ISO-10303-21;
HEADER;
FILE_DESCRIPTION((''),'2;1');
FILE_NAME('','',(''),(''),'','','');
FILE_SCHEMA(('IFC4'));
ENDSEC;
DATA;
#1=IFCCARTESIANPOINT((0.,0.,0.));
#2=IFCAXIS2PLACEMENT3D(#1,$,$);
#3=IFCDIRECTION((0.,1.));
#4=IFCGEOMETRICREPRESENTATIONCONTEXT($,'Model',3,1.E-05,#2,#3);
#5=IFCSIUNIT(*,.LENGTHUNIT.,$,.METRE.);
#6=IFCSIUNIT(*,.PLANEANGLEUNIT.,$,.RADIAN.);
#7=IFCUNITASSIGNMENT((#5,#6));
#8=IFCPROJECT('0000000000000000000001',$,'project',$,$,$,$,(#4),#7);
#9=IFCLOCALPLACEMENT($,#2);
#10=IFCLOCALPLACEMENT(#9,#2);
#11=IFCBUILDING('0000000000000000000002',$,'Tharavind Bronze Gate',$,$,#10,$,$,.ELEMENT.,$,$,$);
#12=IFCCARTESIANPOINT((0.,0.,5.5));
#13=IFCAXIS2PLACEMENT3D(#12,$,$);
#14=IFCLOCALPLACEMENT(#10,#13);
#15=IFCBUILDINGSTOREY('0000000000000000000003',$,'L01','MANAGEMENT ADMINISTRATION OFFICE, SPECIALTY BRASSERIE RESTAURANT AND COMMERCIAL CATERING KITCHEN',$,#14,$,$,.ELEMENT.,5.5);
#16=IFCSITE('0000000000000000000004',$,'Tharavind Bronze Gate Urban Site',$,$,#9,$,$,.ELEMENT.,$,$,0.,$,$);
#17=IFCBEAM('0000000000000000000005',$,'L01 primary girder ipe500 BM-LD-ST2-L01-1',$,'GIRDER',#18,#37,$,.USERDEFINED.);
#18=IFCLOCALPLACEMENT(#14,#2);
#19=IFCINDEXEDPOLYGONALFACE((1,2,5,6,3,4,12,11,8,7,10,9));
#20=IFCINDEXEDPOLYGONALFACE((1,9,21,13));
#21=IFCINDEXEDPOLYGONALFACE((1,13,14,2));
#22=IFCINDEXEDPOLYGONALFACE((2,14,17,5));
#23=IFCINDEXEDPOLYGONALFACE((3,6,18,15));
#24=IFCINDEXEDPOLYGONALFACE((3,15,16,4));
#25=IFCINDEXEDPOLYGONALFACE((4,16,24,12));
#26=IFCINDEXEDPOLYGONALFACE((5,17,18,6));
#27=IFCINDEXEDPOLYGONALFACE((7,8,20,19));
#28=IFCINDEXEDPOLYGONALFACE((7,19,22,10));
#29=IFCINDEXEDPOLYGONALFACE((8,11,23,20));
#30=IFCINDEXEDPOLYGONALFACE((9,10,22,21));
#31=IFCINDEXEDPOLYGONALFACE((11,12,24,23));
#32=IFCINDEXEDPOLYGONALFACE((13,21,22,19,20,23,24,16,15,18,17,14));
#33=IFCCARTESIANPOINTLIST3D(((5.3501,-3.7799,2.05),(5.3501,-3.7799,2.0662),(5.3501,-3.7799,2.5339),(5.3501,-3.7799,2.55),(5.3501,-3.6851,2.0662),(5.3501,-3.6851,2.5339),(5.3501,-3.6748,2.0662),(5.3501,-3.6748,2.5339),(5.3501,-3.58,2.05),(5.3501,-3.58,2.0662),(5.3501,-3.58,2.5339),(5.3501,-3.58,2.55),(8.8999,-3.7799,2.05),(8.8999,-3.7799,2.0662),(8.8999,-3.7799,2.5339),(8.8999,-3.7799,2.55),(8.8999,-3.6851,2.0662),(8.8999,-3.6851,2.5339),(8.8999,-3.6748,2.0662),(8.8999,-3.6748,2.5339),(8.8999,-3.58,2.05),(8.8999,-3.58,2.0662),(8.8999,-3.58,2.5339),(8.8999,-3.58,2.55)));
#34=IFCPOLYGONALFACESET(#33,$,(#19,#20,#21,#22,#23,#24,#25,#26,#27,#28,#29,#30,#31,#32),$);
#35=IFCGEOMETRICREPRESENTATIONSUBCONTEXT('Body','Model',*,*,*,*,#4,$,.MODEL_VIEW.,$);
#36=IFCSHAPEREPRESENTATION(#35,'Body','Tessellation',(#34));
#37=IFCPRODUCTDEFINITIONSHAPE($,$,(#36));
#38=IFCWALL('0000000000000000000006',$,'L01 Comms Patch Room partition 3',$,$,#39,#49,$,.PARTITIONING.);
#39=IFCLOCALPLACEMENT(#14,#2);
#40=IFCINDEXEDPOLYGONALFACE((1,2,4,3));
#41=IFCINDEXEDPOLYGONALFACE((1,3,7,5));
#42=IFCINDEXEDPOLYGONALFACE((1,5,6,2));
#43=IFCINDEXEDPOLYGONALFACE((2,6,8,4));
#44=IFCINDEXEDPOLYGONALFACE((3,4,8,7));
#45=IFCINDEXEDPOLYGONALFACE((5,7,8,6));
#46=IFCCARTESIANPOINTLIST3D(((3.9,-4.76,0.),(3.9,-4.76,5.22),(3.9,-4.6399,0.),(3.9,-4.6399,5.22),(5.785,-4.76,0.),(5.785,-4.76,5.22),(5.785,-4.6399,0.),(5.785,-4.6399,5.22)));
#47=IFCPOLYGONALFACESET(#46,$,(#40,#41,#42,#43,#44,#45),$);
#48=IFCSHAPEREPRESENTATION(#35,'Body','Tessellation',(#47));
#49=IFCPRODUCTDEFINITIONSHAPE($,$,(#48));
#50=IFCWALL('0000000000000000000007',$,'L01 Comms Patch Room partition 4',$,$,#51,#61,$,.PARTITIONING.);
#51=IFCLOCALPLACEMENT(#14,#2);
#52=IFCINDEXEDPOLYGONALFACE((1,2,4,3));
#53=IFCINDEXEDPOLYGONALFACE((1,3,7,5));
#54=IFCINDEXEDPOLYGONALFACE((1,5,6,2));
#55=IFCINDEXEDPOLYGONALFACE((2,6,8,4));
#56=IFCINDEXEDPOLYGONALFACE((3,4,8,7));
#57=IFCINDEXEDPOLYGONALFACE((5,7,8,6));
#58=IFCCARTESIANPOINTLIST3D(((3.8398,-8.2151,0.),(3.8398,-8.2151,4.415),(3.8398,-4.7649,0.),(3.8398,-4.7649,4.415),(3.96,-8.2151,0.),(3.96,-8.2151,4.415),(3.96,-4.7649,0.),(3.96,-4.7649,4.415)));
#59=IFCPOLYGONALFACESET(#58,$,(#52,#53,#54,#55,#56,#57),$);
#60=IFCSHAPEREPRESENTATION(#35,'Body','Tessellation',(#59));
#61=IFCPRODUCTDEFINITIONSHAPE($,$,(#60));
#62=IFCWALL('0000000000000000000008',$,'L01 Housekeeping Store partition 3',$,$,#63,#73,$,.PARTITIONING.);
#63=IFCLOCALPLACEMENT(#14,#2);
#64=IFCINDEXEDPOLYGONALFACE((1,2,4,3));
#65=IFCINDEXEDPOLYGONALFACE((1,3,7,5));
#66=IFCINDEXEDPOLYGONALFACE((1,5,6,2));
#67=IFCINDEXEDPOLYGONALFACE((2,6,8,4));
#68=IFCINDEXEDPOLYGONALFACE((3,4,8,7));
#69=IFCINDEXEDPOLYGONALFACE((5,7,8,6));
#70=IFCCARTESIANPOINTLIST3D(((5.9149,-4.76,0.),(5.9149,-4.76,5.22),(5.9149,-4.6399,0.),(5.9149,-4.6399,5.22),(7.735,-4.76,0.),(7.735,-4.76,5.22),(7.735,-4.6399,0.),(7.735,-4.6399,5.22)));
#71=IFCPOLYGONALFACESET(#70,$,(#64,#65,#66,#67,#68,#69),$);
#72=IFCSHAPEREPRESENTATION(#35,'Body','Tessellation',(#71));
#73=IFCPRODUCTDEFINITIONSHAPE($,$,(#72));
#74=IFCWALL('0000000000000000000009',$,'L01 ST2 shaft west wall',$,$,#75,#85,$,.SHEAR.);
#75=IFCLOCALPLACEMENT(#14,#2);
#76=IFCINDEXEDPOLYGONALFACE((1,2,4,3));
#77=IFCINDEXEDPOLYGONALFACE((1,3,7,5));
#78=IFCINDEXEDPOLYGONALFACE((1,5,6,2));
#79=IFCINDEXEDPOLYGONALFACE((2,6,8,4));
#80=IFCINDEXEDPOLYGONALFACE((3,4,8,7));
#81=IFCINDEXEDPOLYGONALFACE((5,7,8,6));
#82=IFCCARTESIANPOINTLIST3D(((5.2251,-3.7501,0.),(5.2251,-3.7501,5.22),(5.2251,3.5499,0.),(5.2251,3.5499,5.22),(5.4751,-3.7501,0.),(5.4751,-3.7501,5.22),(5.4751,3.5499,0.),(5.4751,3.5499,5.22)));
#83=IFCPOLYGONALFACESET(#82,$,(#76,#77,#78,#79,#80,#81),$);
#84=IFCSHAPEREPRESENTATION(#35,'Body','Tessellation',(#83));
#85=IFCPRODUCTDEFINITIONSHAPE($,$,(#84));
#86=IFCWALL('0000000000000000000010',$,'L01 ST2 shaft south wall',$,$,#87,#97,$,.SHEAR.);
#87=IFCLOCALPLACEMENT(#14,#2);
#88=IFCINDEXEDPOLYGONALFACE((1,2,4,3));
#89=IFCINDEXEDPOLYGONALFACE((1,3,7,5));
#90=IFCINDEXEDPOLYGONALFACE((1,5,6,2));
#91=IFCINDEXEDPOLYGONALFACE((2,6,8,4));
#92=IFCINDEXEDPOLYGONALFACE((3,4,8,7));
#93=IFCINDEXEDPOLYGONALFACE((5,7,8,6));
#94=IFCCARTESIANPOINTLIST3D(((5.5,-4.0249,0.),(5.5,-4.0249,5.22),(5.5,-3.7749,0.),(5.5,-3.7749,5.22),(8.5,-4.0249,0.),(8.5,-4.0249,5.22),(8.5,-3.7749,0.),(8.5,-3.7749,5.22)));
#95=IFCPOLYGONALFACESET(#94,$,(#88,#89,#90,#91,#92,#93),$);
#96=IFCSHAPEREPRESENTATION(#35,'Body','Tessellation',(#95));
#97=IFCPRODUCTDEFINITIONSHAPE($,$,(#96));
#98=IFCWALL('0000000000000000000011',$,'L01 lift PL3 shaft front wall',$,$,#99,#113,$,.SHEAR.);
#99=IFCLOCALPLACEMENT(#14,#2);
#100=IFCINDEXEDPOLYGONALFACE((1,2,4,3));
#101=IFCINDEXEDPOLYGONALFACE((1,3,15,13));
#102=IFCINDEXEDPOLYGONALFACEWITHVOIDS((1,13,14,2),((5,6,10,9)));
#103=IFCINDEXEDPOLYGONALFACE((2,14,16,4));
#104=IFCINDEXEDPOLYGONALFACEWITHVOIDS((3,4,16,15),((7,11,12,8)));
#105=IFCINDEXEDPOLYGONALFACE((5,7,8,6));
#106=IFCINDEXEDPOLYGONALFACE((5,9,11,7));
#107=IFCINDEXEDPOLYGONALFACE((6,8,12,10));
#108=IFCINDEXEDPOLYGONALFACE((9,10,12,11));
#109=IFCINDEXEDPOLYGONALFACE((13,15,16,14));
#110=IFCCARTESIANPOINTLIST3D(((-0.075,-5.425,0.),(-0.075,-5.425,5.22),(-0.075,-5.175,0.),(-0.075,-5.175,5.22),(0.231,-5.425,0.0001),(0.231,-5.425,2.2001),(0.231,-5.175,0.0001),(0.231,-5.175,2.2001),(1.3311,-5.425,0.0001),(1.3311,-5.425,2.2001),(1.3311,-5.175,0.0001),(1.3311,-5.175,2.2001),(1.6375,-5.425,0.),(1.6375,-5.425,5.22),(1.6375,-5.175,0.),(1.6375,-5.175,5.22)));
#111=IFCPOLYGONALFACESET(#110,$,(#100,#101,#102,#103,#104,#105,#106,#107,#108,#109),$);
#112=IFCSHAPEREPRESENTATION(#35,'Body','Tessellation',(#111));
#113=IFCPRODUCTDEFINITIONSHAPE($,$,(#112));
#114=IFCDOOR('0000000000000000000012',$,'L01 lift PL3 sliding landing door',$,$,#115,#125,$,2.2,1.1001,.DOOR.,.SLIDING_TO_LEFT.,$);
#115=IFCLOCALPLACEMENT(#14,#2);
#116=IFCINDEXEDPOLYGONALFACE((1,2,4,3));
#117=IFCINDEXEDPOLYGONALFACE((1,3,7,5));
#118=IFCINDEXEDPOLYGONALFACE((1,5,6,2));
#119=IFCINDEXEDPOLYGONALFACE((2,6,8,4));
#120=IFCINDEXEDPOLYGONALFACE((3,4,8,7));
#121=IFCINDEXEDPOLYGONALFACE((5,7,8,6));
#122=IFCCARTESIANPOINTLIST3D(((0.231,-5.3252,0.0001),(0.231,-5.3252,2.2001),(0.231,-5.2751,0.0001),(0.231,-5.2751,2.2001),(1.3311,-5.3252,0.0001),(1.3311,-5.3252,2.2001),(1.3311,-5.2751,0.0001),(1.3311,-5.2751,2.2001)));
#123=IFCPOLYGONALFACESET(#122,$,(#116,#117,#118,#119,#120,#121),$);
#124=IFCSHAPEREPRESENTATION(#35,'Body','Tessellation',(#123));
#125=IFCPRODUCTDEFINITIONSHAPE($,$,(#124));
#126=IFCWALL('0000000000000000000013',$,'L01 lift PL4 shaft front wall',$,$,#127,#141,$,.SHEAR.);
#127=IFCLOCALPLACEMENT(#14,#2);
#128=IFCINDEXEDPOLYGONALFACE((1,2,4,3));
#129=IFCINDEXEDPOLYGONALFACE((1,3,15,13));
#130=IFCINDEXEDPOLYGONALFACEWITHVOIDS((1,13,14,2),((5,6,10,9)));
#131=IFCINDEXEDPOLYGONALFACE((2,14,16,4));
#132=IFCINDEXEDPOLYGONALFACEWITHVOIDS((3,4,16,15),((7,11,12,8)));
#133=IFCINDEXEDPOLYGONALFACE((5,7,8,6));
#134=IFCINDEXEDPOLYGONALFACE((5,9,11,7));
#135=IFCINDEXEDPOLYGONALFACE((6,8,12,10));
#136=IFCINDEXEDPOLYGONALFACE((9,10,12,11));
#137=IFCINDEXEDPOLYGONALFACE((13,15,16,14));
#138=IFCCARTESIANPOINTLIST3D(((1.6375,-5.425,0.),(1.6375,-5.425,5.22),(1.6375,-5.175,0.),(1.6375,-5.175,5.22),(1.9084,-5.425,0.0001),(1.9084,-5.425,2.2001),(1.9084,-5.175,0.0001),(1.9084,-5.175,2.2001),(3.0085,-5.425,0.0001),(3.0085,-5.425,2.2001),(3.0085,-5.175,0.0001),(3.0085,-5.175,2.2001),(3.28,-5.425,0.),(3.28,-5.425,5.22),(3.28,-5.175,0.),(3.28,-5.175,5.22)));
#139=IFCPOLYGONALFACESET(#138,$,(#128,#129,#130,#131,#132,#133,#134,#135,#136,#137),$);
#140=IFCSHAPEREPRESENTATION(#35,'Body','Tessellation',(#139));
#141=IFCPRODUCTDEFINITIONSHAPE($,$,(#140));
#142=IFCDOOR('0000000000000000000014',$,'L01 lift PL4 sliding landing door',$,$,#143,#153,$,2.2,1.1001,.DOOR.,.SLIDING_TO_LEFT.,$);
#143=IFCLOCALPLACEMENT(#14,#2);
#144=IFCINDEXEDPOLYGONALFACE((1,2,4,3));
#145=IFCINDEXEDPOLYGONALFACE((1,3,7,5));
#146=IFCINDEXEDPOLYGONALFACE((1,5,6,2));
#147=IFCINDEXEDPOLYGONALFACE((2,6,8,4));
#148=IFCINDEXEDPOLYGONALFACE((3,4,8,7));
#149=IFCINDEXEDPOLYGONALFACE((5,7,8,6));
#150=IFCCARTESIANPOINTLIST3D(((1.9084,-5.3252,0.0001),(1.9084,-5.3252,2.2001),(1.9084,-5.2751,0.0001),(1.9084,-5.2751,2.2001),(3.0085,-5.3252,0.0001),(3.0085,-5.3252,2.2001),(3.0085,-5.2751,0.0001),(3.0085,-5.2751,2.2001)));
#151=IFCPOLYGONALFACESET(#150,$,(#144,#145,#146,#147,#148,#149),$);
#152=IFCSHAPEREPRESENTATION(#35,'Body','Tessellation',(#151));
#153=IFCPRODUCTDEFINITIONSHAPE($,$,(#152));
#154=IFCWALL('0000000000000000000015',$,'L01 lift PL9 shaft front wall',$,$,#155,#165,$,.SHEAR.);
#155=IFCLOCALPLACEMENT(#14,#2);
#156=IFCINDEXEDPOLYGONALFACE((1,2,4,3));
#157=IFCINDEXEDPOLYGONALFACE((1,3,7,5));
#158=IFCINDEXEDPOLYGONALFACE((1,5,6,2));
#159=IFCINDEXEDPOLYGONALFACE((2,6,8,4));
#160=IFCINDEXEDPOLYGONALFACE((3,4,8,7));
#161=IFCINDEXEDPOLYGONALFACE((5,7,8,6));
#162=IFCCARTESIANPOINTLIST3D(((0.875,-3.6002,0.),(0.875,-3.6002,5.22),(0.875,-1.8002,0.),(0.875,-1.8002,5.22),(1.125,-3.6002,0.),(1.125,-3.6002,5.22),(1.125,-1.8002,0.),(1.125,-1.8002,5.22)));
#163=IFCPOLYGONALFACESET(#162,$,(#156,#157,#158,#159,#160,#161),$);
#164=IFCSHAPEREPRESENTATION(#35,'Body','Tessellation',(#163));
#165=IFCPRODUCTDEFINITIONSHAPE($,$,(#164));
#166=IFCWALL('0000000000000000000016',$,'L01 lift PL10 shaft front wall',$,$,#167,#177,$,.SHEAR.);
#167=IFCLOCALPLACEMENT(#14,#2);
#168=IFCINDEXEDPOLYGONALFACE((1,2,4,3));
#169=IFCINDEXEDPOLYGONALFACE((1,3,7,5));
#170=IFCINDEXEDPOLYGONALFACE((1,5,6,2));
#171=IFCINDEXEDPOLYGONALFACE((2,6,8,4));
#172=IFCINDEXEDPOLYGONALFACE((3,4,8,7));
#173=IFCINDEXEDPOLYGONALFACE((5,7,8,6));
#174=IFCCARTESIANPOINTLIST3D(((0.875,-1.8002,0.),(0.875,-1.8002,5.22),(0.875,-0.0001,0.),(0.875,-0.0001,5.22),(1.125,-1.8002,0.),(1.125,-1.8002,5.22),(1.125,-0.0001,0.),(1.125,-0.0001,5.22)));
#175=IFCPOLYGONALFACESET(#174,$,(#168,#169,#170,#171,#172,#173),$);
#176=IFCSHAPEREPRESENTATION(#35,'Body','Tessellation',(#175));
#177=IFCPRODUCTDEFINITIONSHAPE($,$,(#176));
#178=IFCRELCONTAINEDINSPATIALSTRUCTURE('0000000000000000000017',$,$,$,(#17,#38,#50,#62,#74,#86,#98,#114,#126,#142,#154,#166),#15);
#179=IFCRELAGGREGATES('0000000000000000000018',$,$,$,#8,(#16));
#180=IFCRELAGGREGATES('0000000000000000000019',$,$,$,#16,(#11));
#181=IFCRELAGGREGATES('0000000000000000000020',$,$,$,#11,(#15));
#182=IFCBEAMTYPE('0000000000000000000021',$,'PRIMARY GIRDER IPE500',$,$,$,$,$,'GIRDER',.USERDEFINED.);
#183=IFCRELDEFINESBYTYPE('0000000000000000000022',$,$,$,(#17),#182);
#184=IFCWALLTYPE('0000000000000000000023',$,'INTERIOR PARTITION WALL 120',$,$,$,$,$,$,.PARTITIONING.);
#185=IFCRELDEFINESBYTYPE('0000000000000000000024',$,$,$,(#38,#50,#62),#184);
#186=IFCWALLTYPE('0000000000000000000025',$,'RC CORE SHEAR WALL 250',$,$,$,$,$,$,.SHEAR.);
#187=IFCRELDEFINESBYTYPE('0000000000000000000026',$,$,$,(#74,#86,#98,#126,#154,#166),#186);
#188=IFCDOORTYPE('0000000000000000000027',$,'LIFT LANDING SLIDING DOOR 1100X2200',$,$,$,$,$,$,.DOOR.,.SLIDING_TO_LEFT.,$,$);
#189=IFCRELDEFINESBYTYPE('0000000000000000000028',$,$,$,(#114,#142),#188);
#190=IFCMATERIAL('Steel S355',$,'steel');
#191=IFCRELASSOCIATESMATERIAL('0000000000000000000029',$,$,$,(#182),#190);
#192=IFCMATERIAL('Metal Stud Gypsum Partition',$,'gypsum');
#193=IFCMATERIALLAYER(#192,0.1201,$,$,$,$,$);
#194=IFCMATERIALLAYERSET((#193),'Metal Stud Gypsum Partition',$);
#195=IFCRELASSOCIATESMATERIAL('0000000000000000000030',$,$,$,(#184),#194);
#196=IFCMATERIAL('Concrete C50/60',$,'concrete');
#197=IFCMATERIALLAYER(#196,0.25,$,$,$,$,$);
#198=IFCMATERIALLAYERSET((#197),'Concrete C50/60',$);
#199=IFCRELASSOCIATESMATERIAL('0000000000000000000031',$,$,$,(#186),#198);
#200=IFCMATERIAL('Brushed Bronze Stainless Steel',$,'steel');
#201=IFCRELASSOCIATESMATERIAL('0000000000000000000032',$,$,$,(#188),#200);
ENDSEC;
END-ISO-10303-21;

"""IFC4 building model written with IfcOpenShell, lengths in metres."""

from ifc_helpers import new_model, si_unit, direction, frame, frame_2d, origin, origin_2d, place, context, subcontext, project, spatial, rectangle, i_section, extrude, material, layer, layer_set, material_profile, profile_set, type_object, element, fill, save


model = new_model("IFC4")

# Units and contexts
model_context = context("Model", 3, precision=1e-05, world=origin(), true_north=direction((0.0, 1.0)))
body_context = subcontext(model_context, "Body", "Model", "MODEL_VIEW")
ifc_project = project(units=[si_unit("LENGTHUNIT", "METRE"), si_unit("PLANEANGLEUNIT", "RADIAN")], contexts=[model_context])

# Site, building, storey
site_placement = place(None, origin())
site = spatial("IfcSite", under=ifc_project, at=site_placement, Name="Tharavind Bronze Gate Urban Site", CompositionType="ELEMENT", RefElevation=0.0)
building_placement = place(site_placement, origin())
building = spatial("IfcBuilding", under=site, at=building_placement, Name="Tharavind Bronze Gate", CompositionType="ELEMENT")
storey_placement = place(building_placement, frame((0.0, 0.0, 5.5)))
storey = spatial("IfcBuildingStorey", under=building, at=storey_placement, Name="L01", Description="MANAGEMENT ADMINISTRATION OFFICE, SPECIALTY BRASSERIE RESTAURANT AND COMMERCIAL CATERING KITCHEN", CompositionType="ELEMENT", Elevation=5.5)

# Beam
ifc_material_1 = material(Name="Steel S355", Category="steel")
ifc_material_profile = material_profile(ifc_material_1, i_section(OverallWidth=0.2, OverallDepth=0.5, WebThickness=0.0103, FlangeThickness=0.0161, at=origin_2d()), Name="IPE500")
ifc_profile_set = profile_set([ifc_material_profile], Name="Steel S355")
beam_type = type_object("IfcBeamType", Name="PRIMARY GIRDER IPE500", ElementType="GIRDER", PredefinedType="USERDEFINED", material=ifc_profile_set)
beam_placement = place(storey_placement, frame((5.3501, -3.6799, 2.3), z_axis=(1.0, 0.0, 0.0), x_axis=(0.0, 1.0, 0.0)))
element("IfcBeam", 1, at=beam_placement, inside=storey, type_object=beam_type, Name="L01 primary girder ipe500 BM-LD-ST2-L01-1", ObjectType="GIRDER", PredefinedType="USERDEFINED", context=body_context, shape_type="SweptSolid", body=[
    extrude(i_section(OverallWidth=0.2, OverallDepth=0.5, WebThickness=0.0103, FlangeThickness=0.0161, at=origin_2d()), origin(), (0.0, 0.0, 1.0), 3.5498),
])

# Walls
ifc_material_2 = material(Name="Metal Stud Gypsum Partition", Category="gypsum")
ifc_layer_1 = layer(ifc_material_2, 0.1201)
ifc_layer_set_1 = layer_set([ifc_layer_1], Name="Metal Stud Gypsum Partition")
wall_type_1 = type_object("IfcWallType", Name="INTERIOR PARTITION WALL 120", PredefinedType="PARTITIONING", material=ifc_layer_set_1)
wall_1_placement = place(storey_placement, frame((5.7849, -4.7, 0.0), z_axis=(0.0, 0.0, 1.0), x_axis=(-1.0, 0.0, 0.0)))
element("IfcWall", 2, at=wall_1_placement, inside=storey, type_object=wall_type_1, Name="L01 Comms Patch Room partition 3", PredefinedType="PARTITIONING", context=body_context, shape_type="SweptSolid", body=[
    extrude(rectangle(XDim=1.885, YDim=0.1201, at=frame_2d((0.9424, 0.0))), origin(), (0.0, 0.0, 1.0), 5.22),
])
wall_2_placement = place(storey_placement, frame((3.8999, -4.7649, 0.0), z_axis=(0.0, 0.0, 1.0), x_axis=(0.0, -1.0, 0.0)))
element("IfcWall", 3, at=wall_2_placement, inside=storey, type_object=wall_type_1, Name="L01 Comms Patch Room partition 4", PredefinedType="PARTITIONING", context=body_context, shape_type="SweptSolid", body=[
    extrude(rectangle(XDim=3.4502, YDim=0.1201, at=frame_2d((1.7251, 0.0))), origin(), (0.0, 0.0, 1.0), 4.415),
])
wall_3_placement = place(storey_placement, frame((7.7351, -4.7, 0.0), z_axis=(0.0, 0.0, 1.0), x_axis=(-1.0, 0.0, 0.0)))
element("IfcWall", 4, at=wall_3_placement, inside=storey, type_object=wall_type_1, Name="L01 Housekeeping Store partition 3", PredefinedType="PARTITIONING", context=body_context, shape_type="SweptSolid", body=[
    extrude(rectangle(XDim=1.8201, YDim=0.1201, at=frame_2d((0.9102, 0.0))), origin(), (0.0, 0.0, 1.0), 5.22),
])
ifc_material_3 = material(Name="Concrete C50/60", Category="concrete")
ifc_layer_2 = layer(ifc_material_3, 0.25)
ifc_layer_set_2 = layer_set([ifc_layer_2], Name="Concrete C50/60")
wall_type_2 = type_object("IfcWallType", Name="RC CORE SHEAR WALL 250", PredefinedType="SHEAR", material=ifc_layer_set_2)
wall_4_placement = place(storey_placement, frame((5.3501, -3.75, 0.0), z_axis=(0.0, 0.0, 1.0), x_axis=(0.0, 1.0, 0.0)))
element("IfcWall", 5, at=wall_4_placement, inside=storey, type_object=wall_type_2, Name="L01 ST2 shaft west wall", PredefinedType="SHEAR", context=body_context, shape_type="SweptSolid", body=[
    extrude(rectangle(XDim=7.3, YDim=0.25, at=frame_2d((3.6499, 0.0))), origin(), (0.0, 0.0, 1.0), 5.22),
])
wall_5_placement = place(storey_placement, frame((5.5, -3.8999, 0.0), z_axis=(0.0, 0.0, 1.0), x_axis=(1.0, 0.0, 0.0)))
element("IfcWall", 6, at=wall_5_placement, inside=storey, type_object=wall_type_2, Name="L01 ST2 shaft south wall", PredefinedType="SHEAR", context=body_context, shape_type="SweptSolid", body=[
    extrude(rectangle(XDim=3.0, YDim=0.25, at=frame_2d((1.5, 0.0))), origin(), (0.0, 0.0, 1.0), 5.22),
])

# Walls, openings, doors
wall_6_placement = place(storey_placement, frame((-0.075, -5.3, 0.0), z_axis=(0.0, 0.0, 1.0), x_axis=(1.0, 0.0, 0.0)))
wall_6 = element("IfcWall", 7, at=wall_6_placement, inside=storey, type_object=wall_type_2, Name="L01 lift PL3 shaft front wall", PredefinedType="SHEAR", context=body_context, shape_type="SweptSolid", body=[
    extrude(rectangle(XDim=1.7124, YDim=0.25, at=frame_2d((0.8562, 0.0))), origin(), (0.0, 0.0, 1.0), 5.22),
])
opening_1_placement = place(wall_6_placement, frame((0.3059, 0.0, 0.0)))
opening_1 = element("IfcOpeningElement", 8, at=opening_1_placement, cuts=wall_6, PredefinedType="OPENING", context=body_context, shape_type="SweptSolid", body=[
    extrude(rectangle(XDim=1.1001, YDim=2.2, at=frame_2d((0.55, 1.1001))), frame((0.0, 0.135, 0.0), z_axis=(0.0, -1.0, 0.0), x_axis=(1.0, 0.0, 0.0)), (0.0, 0.0, 1.0), 0.27),
])
ifc_material_4 = material(Name="Brushed Bronze Stainless Steel", Category="steel")
door_type = type_object("IfcDoorType", Name="LIFT LANDING SLIDING DOOR 1100X2200", OperationType="SLIDING_TO_LEFT", PredefinedType="DOOR", material=ifc_material_4)
door_1_placement = place(opening_1_placement, origin())
door_1 = element("IfcDoor", 9, at=door_1_placement, inside=storey, type_object=door_type, Name="L01 lift PL3 sliding landing door", OperationType="SLIDING_TO_LEFT", OverallHeight=2.2, OverallWidth=1.1001, PredefinedType="DOOR", context=body_context, shape_type="SweptSolid", body=[
    extrude(rectangle(XDim=1.1001, YDim=2.2, at=frame_2d((0.55, 1.1001))), frame((0.0, 0.0249, 0.0), z_axis=(0.0, -1.0, 0.0), x_axis=(1.0, 0.0, 0.0)), (0.0, 0.0, 1.0), 0.05),
])
fill(opening_1, door_1)
wall_7_placement = place(storey_placement, frame((1.6375, -5.3, 0.0), z_axis=(0.0, 0.0, 1.0), x_axis=(1.0, 0.0, 0.0)))
wall_7 = element("IfcWall", 10, at=wall_7_placement, inside=storey, type_object=wall_type_2, Name="L01 lift PL4 shaft front wall", PredefinedType="SHEAR", context=body_context, shape_type="SweptSolid", body=[
    extrude(rectangle(XDim=1.6426, YDim=0.25, at=frame_2d((0.8213, 0.0))), origin(), (0.0, 0.0, 1.0), 5.22),
])
opening_2_placement = place(wall_7_placement, frame((0.271, 0.0, 0.0)))
opening_2 = element("IfcOpeningElement", 11, at=opening_2_placement, cuts=wall_7, PredefinedType="OPENING", context=body_context, shape_type="SweptSolid", body=[
    extrude(rectangle(XDim=1.1001, YDim=2.2, at=frame_2d((0.55, 1.1001))), frame((0.0, 0.135, 0.0), z_axis=(0.0, -1.0, 0.0), x_axis=(1.0, 0.0, 0.0)), (0.0, 0.0, 1.0), 0.27),
])
door_2_placement = place(opening_2_placement, origin())
door_2 = element("IfcDoor", 12, at=door_2_placement, inside=storey, type_object=door_type, Name="L01 lift PL4 sliding landing door", OperationType="SLIDING_TO_LEFT", OverallHeight=2.2, OverallWidth=1.1001, PredefinedType="DOOR", context=body_context, shape_type="SweptSolid", body=[
    extrude(rectangle(XDim=1.1001, YDim=2.2, at=frame_2d((0.55, 1.1001))), frame((0.0, 0.0249, 0.0), z_axis=(0.0, -1.0, 0.0), x_axis=(1.0, 0.0, 0.0)), (0.0, 0.0, 1.0), 0.05),
])
fill(opening_2, door_2)

# Walls
for number, where, z_axis, x_axis, name in (
    (13, (1.0, -3.6001, 0.0), (0.0, 0.0, 1.0), (0.0, 1.0, 0.0), "L01 lift PL9 shaft front wall"),
    (14, (1.0, -1.8, 0.0), (0.0, 0.0, 1.0), (0.0, 1.0, 0.0), "L01 lift PL10 shaft front wall"),
):
    element("IfcWall", number, at=place(storey_placement, frame(where, z_axis=z_axis, x_axis=x_axis)), inside=storey, type_object=wall_type_2, Name=name, PredefinedType="SHEAR", context=body_context, shape_type="SweptSolid", body=[
        extrude(rectangle(XDim=1.8, YDim=0.25, at=frame_2d((0.8999, 0.0))), origin(), (0.0, 0.0, 1.0), 5.22),
    ])

save(model, "model.ifc")
